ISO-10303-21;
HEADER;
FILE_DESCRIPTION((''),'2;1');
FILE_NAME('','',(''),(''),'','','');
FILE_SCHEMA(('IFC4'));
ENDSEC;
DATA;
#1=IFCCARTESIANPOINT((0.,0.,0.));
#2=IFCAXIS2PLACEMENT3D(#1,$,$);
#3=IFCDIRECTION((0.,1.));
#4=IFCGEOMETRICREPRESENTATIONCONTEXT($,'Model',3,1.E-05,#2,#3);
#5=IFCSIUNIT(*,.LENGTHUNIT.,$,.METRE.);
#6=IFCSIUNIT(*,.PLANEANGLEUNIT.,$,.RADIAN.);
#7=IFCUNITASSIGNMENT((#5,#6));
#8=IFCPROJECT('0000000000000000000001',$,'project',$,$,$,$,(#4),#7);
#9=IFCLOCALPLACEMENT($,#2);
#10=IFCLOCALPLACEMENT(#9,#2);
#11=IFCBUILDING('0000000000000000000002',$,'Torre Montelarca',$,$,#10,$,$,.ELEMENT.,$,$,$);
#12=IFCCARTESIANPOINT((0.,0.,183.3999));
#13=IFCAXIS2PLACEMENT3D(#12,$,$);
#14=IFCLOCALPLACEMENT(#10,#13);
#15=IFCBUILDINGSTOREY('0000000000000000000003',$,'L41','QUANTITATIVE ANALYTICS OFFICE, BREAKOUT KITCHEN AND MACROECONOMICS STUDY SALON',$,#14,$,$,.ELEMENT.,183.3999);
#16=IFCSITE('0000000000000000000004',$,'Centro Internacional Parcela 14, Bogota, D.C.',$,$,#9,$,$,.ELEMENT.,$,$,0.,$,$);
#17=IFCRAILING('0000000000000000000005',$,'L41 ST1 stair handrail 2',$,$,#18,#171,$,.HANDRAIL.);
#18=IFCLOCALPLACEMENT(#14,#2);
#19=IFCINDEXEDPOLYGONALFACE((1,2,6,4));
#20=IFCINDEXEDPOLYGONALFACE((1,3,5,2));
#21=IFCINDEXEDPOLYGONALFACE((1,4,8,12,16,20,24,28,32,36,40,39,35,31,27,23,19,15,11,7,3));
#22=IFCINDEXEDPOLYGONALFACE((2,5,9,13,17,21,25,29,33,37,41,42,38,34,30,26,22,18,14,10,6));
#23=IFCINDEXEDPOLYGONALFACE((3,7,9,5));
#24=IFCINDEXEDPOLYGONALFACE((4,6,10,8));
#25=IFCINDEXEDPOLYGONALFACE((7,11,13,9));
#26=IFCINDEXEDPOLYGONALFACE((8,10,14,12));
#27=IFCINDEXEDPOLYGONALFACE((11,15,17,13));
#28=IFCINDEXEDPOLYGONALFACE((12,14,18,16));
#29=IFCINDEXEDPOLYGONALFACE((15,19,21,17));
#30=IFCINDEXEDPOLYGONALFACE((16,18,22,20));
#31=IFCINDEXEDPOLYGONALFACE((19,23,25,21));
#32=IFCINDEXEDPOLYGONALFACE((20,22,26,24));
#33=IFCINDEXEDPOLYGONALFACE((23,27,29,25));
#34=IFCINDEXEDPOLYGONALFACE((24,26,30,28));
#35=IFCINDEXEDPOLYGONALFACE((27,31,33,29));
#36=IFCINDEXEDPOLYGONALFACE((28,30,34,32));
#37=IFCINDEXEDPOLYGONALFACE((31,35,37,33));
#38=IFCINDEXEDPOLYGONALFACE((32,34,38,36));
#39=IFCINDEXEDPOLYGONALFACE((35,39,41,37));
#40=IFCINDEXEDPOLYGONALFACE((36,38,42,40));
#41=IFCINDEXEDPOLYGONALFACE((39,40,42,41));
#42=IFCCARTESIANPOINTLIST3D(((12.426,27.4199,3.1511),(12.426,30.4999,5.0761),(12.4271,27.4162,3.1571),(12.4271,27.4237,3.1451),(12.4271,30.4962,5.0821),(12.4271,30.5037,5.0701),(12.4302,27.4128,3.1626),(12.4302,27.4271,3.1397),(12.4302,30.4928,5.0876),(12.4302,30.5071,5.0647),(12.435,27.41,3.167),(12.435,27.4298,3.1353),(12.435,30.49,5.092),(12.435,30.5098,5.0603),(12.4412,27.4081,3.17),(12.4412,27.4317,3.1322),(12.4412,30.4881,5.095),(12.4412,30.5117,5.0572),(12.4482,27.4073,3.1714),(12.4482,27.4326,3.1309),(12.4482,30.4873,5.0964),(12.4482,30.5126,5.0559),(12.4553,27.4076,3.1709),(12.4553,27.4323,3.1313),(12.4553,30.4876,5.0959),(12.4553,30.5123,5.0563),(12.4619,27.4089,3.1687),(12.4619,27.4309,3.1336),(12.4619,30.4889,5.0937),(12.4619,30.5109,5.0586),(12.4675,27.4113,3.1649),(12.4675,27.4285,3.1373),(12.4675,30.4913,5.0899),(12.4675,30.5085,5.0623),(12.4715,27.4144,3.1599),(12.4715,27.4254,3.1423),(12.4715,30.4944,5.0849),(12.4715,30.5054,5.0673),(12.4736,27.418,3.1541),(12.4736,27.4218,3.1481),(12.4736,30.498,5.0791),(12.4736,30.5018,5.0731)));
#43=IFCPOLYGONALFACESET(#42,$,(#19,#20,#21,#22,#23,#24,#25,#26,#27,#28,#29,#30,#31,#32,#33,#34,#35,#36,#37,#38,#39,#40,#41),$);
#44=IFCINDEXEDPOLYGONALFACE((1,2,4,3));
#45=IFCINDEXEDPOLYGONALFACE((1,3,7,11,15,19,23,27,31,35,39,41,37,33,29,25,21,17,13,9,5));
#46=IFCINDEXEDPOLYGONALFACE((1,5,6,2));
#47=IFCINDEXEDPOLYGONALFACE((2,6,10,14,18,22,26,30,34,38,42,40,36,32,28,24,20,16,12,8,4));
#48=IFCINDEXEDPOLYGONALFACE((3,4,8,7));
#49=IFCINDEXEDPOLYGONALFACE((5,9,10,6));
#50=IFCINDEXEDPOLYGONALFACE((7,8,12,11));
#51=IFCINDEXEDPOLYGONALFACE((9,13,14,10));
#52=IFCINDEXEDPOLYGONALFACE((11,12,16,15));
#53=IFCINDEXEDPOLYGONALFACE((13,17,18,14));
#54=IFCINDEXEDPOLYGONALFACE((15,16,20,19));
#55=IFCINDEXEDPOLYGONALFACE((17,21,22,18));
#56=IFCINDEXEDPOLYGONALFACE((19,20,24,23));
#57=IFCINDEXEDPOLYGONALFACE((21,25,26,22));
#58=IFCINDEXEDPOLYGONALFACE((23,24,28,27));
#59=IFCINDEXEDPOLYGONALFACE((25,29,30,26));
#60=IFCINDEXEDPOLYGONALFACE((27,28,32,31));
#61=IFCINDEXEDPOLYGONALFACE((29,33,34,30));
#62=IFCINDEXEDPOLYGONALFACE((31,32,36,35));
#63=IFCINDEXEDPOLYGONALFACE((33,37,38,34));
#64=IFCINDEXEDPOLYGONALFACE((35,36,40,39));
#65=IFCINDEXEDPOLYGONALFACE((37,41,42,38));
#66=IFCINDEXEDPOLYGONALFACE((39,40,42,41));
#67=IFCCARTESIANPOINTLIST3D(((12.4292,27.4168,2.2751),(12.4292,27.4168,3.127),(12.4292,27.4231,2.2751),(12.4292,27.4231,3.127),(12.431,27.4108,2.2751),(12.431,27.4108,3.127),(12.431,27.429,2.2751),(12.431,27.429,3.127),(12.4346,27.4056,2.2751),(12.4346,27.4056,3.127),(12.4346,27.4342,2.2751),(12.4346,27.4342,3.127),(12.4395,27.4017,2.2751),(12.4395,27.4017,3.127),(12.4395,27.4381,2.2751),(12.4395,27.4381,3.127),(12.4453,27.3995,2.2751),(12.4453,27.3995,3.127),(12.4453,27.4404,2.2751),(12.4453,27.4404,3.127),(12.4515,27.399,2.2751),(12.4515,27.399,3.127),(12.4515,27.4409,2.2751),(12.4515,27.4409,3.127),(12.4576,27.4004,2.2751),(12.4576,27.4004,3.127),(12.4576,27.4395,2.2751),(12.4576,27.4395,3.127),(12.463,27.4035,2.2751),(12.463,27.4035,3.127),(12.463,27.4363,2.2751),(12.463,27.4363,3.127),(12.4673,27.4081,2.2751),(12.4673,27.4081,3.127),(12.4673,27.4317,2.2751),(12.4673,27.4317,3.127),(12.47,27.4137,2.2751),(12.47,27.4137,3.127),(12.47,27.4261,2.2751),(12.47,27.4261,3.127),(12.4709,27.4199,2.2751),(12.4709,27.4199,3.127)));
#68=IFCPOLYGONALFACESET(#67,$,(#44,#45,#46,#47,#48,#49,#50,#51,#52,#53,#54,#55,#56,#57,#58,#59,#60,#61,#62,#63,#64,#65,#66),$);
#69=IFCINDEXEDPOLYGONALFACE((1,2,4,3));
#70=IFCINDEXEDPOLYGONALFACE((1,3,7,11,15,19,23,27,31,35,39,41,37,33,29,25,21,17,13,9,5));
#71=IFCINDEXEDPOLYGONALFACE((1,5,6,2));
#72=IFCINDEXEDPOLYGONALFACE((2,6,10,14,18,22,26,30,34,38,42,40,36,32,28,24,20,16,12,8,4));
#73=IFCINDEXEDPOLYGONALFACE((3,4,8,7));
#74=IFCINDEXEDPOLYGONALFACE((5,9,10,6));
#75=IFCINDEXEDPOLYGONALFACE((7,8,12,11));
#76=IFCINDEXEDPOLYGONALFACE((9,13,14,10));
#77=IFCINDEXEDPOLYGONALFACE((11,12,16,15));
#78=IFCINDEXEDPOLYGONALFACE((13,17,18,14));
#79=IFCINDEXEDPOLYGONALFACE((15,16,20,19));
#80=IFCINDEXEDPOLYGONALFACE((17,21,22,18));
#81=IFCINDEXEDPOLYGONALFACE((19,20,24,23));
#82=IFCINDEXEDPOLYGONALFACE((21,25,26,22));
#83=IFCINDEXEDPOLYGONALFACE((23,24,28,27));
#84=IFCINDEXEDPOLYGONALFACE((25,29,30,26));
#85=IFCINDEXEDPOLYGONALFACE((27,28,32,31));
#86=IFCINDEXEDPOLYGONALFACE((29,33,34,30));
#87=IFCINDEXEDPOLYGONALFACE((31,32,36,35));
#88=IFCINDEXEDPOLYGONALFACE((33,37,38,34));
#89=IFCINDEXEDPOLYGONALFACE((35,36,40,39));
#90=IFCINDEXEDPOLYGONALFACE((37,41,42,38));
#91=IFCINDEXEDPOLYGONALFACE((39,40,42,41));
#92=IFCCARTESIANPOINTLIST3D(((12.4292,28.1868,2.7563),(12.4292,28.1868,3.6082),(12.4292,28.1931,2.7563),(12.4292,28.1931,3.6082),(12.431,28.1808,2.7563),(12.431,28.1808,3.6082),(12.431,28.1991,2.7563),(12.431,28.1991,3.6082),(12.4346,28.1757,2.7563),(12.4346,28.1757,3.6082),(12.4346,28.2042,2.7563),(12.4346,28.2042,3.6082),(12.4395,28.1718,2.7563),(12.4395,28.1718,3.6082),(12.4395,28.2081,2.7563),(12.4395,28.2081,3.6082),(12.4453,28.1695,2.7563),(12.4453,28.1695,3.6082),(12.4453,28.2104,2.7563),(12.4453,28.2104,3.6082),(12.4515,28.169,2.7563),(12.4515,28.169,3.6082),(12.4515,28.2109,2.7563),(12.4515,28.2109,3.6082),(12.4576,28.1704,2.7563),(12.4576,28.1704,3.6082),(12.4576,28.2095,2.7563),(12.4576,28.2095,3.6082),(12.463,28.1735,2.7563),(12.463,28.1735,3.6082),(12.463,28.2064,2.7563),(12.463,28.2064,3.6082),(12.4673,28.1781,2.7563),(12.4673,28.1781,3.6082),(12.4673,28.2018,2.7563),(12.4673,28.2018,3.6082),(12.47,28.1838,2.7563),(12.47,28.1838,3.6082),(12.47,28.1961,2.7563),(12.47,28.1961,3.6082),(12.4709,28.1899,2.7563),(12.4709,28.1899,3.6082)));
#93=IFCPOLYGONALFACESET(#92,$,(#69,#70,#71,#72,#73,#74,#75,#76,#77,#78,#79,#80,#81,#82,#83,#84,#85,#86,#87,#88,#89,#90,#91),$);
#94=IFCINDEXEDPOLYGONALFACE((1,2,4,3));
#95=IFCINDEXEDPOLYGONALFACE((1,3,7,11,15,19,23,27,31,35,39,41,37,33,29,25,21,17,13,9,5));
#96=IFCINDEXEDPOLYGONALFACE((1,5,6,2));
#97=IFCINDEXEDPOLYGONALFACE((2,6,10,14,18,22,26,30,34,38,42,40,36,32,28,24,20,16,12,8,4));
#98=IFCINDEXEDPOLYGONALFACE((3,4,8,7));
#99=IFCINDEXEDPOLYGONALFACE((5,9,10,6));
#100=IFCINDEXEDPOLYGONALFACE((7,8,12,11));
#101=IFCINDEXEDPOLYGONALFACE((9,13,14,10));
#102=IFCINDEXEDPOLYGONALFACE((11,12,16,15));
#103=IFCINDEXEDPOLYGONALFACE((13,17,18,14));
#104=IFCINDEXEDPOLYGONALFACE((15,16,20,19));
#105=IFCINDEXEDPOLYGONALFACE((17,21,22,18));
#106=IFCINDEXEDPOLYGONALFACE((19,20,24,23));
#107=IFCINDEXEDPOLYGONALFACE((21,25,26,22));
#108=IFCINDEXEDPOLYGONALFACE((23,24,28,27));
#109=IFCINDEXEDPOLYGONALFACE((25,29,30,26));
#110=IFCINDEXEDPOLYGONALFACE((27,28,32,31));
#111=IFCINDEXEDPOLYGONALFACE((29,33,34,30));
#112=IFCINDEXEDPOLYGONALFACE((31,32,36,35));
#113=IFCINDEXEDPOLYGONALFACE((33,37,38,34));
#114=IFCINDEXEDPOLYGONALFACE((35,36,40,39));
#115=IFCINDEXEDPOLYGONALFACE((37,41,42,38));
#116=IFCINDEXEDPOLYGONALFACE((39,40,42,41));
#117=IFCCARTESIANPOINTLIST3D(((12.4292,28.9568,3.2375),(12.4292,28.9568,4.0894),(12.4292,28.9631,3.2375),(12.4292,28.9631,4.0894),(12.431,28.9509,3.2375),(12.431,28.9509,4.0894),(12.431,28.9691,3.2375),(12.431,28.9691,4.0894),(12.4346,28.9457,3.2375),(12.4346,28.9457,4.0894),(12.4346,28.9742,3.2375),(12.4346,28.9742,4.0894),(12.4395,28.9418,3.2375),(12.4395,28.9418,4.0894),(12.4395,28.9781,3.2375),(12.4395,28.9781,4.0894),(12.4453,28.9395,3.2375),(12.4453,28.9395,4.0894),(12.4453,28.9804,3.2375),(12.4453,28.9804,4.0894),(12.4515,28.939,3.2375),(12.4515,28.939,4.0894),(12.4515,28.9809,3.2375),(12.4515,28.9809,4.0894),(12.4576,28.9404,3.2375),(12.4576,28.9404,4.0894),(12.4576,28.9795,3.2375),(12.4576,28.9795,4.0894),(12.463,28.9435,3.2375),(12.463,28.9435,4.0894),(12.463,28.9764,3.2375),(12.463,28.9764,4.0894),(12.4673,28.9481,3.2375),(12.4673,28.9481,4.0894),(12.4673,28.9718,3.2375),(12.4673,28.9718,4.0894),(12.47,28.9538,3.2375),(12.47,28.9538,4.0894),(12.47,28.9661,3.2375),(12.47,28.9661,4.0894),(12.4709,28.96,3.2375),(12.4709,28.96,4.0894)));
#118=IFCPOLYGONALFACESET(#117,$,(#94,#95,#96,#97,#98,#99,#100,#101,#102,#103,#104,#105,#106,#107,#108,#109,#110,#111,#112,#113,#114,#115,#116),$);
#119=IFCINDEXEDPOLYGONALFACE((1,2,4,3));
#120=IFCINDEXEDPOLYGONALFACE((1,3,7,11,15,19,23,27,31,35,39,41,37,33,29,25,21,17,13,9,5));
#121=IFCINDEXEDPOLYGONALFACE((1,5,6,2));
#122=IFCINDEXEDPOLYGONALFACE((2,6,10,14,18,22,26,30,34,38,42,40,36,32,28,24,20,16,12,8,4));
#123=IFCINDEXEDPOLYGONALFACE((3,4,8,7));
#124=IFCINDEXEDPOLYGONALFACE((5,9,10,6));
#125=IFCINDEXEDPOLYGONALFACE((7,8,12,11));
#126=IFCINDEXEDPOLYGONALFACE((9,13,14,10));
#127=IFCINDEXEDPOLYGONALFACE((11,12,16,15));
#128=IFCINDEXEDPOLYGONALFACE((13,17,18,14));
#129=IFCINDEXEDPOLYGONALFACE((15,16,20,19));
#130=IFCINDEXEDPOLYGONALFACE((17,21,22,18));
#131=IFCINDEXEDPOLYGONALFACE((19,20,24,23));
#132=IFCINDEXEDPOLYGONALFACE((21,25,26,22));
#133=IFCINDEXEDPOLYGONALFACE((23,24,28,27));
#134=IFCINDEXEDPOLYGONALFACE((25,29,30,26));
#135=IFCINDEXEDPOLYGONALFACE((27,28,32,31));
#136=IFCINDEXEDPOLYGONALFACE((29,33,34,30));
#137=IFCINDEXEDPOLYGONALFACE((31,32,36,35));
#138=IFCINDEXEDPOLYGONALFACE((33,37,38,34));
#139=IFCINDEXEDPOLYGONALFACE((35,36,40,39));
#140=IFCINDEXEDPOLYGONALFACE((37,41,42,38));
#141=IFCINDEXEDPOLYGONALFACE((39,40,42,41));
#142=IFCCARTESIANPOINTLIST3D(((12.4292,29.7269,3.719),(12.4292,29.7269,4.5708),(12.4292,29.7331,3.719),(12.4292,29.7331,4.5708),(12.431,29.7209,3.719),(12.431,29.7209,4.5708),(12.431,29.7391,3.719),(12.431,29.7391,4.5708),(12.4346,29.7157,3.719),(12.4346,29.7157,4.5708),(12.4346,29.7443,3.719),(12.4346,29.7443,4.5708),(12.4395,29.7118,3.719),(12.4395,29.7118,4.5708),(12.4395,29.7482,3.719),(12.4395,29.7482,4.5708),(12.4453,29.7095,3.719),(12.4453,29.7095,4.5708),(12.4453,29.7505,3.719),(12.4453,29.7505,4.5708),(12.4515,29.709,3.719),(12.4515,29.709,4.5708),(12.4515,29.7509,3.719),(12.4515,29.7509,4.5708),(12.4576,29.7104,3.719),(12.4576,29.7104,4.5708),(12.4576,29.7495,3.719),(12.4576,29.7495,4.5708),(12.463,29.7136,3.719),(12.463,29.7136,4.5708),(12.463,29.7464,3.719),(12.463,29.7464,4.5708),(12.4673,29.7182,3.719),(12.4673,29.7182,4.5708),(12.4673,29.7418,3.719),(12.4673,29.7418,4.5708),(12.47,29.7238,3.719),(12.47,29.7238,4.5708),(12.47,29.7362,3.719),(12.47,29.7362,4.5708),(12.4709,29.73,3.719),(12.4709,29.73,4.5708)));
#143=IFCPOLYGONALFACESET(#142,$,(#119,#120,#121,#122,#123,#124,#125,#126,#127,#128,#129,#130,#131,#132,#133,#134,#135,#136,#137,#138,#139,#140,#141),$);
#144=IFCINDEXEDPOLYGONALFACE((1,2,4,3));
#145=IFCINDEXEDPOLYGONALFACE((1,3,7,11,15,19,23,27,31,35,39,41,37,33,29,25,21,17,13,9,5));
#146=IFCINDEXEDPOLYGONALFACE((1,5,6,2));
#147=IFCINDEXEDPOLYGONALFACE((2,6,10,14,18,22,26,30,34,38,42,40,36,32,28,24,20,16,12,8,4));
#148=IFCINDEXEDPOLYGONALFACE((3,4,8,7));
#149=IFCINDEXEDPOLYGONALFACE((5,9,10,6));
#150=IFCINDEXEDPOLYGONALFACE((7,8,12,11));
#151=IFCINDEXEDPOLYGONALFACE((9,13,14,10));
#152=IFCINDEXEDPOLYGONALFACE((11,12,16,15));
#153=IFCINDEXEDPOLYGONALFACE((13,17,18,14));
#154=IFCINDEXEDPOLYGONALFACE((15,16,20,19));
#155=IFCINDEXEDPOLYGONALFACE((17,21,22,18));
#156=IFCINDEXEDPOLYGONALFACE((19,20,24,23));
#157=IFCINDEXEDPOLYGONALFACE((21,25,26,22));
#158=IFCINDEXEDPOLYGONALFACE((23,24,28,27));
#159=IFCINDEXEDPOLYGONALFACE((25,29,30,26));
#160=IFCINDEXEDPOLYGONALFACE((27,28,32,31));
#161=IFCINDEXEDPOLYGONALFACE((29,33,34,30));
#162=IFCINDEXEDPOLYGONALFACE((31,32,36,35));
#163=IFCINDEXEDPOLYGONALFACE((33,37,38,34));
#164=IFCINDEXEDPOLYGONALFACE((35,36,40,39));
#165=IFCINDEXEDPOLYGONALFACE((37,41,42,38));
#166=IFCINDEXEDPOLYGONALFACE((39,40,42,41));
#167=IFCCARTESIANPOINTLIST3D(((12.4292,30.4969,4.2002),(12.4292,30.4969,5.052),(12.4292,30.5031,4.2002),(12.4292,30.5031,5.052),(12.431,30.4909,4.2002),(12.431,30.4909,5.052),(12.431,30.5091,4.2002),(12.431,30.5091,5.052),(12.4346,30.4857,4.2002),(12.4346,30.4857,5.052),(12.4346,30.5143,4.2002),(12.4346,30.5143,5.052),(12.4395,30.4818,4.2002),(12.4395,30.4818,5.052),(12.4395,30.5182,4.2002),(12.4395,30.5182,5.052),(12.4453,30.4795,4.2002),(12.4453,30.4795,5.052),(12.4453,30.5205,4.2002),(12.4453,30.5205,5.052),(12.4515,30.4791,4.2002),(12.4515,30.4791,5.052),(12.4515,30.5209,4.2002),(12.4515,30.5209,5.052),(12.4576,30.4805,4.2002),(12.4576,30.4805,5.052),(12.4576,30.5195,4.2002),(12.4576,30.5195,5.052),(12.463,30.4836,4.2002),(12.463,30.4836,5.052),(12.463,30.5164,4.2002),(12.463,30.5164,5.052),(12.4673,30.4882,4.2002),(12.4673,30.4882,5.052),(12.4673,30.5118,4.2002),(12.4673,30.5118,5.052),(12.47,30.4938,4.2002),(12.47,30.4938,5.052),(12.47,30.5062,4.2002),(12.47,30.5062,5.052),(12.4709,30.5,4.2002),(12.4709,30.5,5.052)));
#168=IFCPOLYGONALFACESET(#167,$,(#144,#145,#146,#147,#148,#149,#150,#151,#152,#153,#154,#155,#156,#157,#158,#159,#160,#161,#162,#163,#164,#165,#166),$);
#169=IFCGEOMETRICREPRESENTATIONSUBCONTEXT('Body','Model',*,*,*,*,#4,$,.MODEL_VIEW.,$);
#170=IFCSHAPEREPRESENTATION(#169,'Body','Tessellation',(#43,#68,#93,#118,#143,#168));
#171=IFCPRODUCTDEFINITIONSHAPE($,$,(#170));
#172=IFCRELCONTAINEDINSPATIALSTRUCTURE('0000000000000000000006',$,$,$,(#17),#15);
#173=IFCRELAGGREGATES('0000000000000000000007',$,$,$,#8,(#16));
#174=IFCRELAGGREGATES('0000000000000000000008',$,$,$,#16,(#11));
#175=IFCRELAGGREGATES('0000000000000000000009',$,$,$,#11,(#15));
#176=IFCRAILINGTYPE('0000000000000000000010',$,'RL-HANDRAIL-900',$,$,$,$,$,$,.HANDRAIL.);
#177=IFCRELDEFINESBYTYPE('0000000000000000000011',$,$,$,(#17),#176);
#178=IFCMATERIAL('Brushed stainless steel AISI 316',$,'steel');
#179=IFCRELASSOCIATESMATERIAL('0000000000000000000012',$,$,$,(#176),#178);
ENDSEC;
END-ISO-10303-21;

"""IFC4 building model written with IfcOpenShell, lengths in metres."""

from ifc_helpers import new_model, si_unit, direction, frame, origin, origin_2d, place, context, subcontext, project, spatial, circle, extrude, material, type_object, element, save


model = new_model("IFC4")

# Units and contexts
model_context = context("Model", 3, precision=1e-05, world=origin(), true_north=direction((0.0, 1.0)))
body_context = subcontext(model_context, "Body", "Model", "MODEL_VIEW")
ifc_project = project(units=[si_unit("LENGTHUNIT", "METRE"), si_unit("PLANEANGLEUNIT", "RADIAN")], contexts=[model_context])

# Site, building, storey
site_placement = place(None, origin())
site = spatial("IfcSite", under=ifc_project, at=site_placement, Name="Centro Internacional Parcela 14, Bogota, D.C.", CompositionType="ELEMENT", RefElevation=0.0)
building_placement = place(site_placement, origin())
building = spatial("IfcBuilding", under=site, at=building_placement, Name="Torre Montelarca", CompositionType="ELEMENT")
storey_placement = place(building_placement, frame((0.0, 0.0, 183.3999)))
storey = spatial("IfcBuildingStorey", under=building, at=storey_placement, Name="L41", Description="QUANTITATIVE ANALYTICS OFFICE, BREAKOUT KITCHEN AND MACROECONOMICS STUDY SALON", CompositionType="ELEMENT", Elevation=183.3999)

# Railing
ifc_material_1 = material(Name="Brushed stainless steel AISI 316", Category="steel")
railing_type_1 = type_object("IfcRailingType", Name="RL-HANDRAIL-900", PredefinedType="HANDRAIL", material=ifc_material_1)
railing_1_placement = place(storey_placement, frame((12.45, 27.4199, 2.2751)))
element("IfcRailing", 1, at=railing_1_placement, inside=storey, type_object=railing_type_1, Name="L41 ST1 stair handrail 2", PredefinedType="HANDRAIL", context=body_context, shape_type="SweptSolid", body=[
    extrude(circle(Radius=0.0239, at=origin_2d()), frame((0.0, 0.0, 0.876), z_axis=(0.0, 0.847998, 0.529999), x_axis=(-1.0, 0.0, 0.0)), (0.0, 0.0, 1.0), 3.6321),
    extrude(circle(Radius=0.021, at=origin_2d()), origin(), (0.0, 0.0, 1.0), 0.8518),
    extrude(circle(Radius=0.021, at=origin_2d()), frame((0.0, 0.77, 0.4812)), (0.0, 0.0, 1.0), 0.8518),
    extrude(circle(Radius=0.021, at=origin_2d()), frame((0.0, 1.54, 0.9624)), (0.0, 0.0, 1.0), 0.8518),
    extrude(circle(Radius=0.021, at=origin_2d()), frame((0.0, 2.3101, 1.4438)), (0.0, 0.0, 1.0), 0.8518),
    extrude(circle(Radius=0.021, at=origin_2d()), frame((0.0, 3.0801, 1.925)), (0.0, 0.0, 1.0), 0.8518),
])

save(model, "model.ifc")
